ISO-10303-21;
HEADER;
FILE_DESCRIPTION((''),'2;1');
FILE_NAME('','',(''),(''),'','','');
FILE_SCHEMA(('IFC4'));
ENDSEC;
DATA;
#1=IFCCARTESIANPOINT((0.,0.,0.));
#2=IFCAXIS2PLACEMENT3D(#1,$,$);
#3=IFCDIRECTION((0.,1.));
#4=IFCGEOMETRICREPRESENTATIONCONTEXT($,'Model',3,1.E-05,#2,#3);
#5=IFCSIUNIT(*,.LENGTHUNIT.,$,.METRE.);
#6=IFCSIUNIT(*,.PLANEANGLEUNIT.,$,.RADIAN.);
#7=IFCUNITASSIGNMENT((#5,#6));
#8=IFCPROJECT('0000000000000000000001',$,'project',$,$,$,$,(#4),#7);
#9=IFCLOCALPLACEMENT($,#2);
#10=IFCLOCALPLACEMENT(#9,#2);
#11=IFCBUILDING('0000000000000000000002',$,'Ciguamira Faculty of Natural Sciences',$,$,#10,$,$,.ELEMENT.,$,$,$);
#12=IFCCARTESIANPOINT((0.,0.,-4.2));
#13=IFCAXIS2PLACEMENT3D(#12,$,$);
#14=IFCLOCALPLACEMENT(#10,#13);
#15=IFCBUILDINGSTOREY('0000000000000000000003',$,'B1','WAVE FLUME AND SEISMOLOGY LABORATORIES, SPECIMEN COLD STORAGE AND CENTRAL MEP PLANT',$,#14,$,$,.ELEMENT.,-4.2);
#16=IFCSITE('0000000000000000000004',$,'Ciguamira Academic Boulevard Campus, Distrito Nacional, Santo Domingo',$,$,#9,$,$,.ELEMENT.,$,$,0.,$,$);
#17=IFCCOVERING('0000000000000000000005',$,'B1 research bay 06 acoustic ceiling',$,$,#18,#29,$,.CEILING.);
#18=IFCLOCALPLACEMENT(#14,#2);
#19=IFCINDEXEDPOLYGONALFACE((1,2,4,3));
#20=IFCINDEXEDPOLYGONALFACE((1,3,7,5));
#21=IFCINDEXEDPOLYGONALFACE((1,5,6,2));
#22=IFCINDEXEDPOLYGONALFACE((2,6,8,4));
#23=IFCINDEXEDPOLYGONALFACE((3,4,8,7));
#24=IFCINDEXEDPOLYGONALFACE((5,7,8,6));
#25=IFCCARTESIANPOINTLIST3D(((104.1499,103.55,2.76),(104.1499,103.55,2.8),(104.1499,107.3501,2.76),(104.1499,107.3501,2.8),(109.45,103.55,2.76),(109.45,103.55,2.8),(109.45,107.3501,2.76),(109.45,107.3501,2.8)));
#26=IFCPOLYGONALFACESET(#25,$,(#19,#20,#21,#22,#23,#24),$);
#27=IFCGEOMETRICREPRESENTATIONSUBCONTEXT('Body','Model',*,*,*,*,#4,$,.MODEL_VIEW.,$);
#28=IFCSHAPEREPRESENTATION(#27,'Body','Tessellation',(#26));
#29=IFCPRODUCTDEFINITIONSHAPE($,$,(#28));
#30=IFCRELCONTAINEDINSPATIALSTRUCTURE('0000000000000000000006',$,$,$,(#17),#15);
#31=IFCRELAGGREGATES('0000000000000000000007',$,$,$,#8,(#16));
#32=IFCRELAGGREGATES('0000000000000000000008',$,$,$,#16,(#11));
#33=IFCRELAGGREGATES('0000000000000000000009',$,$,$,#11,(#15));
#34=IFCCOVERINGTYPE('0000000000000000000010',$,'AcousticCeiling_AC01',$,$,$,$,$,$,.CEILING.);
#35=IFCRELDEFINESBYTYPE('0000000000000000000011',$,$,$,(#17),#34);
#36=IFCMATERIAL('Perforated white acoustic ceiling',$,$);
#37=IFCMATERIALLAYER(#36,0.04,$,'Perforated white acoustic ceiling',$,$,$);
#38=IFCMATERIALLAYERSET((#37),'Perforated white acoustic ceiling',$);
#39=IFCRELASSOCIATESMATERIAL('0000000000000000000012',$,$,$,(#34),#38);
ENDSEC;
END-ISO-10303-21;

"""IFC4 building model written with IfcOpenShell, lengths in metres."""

from ifc_helpers import new_model, si_unit, direction, frame, origin, place, context, subcontext, project, spatial, polyline, outline, extrude, material, layer, layer_set, type_object, element, save


model = new_model("IFC4")

# Units and contexts
model_context = context("Model", 3, precision=1e-05, world=origin(), true_north=direction((0.0, 1.0)))
body_context = subcontext(model_context, "Body", "Model", "MODEL_VIEW")
ifc_project = project(units=[si_unit("LENGTHUNIT", "METRE"), si_unit("PLANEANGLEUNIT", "RADIAN")], contexts=[model_context])

# Site, building, storey
site_placement = place(None, origin())
site = spatial("IfcSite", under=ifc_project, at=site_placement, Name="Ciguamira Academic Boulevard Campus, Distrito Nacional, Santo Domingo", CompositionType="ELEMENT", RefElevation=0.0)
building_placement = place(site_placement, origin())
building = spatial("IfcBuilding", under=site, at=building_placement, Name="Ciguamira Faculty of Natural Sciences", CompositionType="ELEMENT")
storey_placement = place(building_placement, frame((0.0, 0.0, -4.2)))
storey = spatial("IfcBuildingStorey", under=building, at=storey_placement, Name="B1", Description="WAVE FLUME AND SEISMOLOGY LABORATORIES, SPECIMEN COLD STORAGE AND CENTRAL MEP PLANT", CompositionType="ELEMENT", Elevation=-4.2)

# Covering
ifc_material_1 = material(Name="Perforated white acoustic ceiling")
ifc_layer_1 = layer(ifc_material_1, 0.04, Name="Perforated white acoustic ceiling")
ifc_layer_set_1 = layer_set([ifc_layer_1], Name="Perforated white acoustic ceiling")
covering_type = type_object("IfcCoveringType", Name="AcousticCeiling_AC01", PredefinedType="CEILING", material=ifc_layer_set_1)
covering_1_placement = place(storey_placement, frame((0.0, 0.0, 2.76)))
element("IfcCovering", 1, at=covering_1_placement, inside=storey, type_object=covering_type, Name="B1 research bay 06 acoustic ceiling", PredefinedType="CEILING", context=body_context, shape_type="SweptSolid", body=[
    extrude(outline(polyline([(104.1499, 103.55), (109.45, 103.55), (109.45, 107.3501), (104.1499, 107.3501), (104.1499, 103.55)])), origin(), (0.0, 0.0, 1.0), 0.04),
])

save(model, "model.ifc")
